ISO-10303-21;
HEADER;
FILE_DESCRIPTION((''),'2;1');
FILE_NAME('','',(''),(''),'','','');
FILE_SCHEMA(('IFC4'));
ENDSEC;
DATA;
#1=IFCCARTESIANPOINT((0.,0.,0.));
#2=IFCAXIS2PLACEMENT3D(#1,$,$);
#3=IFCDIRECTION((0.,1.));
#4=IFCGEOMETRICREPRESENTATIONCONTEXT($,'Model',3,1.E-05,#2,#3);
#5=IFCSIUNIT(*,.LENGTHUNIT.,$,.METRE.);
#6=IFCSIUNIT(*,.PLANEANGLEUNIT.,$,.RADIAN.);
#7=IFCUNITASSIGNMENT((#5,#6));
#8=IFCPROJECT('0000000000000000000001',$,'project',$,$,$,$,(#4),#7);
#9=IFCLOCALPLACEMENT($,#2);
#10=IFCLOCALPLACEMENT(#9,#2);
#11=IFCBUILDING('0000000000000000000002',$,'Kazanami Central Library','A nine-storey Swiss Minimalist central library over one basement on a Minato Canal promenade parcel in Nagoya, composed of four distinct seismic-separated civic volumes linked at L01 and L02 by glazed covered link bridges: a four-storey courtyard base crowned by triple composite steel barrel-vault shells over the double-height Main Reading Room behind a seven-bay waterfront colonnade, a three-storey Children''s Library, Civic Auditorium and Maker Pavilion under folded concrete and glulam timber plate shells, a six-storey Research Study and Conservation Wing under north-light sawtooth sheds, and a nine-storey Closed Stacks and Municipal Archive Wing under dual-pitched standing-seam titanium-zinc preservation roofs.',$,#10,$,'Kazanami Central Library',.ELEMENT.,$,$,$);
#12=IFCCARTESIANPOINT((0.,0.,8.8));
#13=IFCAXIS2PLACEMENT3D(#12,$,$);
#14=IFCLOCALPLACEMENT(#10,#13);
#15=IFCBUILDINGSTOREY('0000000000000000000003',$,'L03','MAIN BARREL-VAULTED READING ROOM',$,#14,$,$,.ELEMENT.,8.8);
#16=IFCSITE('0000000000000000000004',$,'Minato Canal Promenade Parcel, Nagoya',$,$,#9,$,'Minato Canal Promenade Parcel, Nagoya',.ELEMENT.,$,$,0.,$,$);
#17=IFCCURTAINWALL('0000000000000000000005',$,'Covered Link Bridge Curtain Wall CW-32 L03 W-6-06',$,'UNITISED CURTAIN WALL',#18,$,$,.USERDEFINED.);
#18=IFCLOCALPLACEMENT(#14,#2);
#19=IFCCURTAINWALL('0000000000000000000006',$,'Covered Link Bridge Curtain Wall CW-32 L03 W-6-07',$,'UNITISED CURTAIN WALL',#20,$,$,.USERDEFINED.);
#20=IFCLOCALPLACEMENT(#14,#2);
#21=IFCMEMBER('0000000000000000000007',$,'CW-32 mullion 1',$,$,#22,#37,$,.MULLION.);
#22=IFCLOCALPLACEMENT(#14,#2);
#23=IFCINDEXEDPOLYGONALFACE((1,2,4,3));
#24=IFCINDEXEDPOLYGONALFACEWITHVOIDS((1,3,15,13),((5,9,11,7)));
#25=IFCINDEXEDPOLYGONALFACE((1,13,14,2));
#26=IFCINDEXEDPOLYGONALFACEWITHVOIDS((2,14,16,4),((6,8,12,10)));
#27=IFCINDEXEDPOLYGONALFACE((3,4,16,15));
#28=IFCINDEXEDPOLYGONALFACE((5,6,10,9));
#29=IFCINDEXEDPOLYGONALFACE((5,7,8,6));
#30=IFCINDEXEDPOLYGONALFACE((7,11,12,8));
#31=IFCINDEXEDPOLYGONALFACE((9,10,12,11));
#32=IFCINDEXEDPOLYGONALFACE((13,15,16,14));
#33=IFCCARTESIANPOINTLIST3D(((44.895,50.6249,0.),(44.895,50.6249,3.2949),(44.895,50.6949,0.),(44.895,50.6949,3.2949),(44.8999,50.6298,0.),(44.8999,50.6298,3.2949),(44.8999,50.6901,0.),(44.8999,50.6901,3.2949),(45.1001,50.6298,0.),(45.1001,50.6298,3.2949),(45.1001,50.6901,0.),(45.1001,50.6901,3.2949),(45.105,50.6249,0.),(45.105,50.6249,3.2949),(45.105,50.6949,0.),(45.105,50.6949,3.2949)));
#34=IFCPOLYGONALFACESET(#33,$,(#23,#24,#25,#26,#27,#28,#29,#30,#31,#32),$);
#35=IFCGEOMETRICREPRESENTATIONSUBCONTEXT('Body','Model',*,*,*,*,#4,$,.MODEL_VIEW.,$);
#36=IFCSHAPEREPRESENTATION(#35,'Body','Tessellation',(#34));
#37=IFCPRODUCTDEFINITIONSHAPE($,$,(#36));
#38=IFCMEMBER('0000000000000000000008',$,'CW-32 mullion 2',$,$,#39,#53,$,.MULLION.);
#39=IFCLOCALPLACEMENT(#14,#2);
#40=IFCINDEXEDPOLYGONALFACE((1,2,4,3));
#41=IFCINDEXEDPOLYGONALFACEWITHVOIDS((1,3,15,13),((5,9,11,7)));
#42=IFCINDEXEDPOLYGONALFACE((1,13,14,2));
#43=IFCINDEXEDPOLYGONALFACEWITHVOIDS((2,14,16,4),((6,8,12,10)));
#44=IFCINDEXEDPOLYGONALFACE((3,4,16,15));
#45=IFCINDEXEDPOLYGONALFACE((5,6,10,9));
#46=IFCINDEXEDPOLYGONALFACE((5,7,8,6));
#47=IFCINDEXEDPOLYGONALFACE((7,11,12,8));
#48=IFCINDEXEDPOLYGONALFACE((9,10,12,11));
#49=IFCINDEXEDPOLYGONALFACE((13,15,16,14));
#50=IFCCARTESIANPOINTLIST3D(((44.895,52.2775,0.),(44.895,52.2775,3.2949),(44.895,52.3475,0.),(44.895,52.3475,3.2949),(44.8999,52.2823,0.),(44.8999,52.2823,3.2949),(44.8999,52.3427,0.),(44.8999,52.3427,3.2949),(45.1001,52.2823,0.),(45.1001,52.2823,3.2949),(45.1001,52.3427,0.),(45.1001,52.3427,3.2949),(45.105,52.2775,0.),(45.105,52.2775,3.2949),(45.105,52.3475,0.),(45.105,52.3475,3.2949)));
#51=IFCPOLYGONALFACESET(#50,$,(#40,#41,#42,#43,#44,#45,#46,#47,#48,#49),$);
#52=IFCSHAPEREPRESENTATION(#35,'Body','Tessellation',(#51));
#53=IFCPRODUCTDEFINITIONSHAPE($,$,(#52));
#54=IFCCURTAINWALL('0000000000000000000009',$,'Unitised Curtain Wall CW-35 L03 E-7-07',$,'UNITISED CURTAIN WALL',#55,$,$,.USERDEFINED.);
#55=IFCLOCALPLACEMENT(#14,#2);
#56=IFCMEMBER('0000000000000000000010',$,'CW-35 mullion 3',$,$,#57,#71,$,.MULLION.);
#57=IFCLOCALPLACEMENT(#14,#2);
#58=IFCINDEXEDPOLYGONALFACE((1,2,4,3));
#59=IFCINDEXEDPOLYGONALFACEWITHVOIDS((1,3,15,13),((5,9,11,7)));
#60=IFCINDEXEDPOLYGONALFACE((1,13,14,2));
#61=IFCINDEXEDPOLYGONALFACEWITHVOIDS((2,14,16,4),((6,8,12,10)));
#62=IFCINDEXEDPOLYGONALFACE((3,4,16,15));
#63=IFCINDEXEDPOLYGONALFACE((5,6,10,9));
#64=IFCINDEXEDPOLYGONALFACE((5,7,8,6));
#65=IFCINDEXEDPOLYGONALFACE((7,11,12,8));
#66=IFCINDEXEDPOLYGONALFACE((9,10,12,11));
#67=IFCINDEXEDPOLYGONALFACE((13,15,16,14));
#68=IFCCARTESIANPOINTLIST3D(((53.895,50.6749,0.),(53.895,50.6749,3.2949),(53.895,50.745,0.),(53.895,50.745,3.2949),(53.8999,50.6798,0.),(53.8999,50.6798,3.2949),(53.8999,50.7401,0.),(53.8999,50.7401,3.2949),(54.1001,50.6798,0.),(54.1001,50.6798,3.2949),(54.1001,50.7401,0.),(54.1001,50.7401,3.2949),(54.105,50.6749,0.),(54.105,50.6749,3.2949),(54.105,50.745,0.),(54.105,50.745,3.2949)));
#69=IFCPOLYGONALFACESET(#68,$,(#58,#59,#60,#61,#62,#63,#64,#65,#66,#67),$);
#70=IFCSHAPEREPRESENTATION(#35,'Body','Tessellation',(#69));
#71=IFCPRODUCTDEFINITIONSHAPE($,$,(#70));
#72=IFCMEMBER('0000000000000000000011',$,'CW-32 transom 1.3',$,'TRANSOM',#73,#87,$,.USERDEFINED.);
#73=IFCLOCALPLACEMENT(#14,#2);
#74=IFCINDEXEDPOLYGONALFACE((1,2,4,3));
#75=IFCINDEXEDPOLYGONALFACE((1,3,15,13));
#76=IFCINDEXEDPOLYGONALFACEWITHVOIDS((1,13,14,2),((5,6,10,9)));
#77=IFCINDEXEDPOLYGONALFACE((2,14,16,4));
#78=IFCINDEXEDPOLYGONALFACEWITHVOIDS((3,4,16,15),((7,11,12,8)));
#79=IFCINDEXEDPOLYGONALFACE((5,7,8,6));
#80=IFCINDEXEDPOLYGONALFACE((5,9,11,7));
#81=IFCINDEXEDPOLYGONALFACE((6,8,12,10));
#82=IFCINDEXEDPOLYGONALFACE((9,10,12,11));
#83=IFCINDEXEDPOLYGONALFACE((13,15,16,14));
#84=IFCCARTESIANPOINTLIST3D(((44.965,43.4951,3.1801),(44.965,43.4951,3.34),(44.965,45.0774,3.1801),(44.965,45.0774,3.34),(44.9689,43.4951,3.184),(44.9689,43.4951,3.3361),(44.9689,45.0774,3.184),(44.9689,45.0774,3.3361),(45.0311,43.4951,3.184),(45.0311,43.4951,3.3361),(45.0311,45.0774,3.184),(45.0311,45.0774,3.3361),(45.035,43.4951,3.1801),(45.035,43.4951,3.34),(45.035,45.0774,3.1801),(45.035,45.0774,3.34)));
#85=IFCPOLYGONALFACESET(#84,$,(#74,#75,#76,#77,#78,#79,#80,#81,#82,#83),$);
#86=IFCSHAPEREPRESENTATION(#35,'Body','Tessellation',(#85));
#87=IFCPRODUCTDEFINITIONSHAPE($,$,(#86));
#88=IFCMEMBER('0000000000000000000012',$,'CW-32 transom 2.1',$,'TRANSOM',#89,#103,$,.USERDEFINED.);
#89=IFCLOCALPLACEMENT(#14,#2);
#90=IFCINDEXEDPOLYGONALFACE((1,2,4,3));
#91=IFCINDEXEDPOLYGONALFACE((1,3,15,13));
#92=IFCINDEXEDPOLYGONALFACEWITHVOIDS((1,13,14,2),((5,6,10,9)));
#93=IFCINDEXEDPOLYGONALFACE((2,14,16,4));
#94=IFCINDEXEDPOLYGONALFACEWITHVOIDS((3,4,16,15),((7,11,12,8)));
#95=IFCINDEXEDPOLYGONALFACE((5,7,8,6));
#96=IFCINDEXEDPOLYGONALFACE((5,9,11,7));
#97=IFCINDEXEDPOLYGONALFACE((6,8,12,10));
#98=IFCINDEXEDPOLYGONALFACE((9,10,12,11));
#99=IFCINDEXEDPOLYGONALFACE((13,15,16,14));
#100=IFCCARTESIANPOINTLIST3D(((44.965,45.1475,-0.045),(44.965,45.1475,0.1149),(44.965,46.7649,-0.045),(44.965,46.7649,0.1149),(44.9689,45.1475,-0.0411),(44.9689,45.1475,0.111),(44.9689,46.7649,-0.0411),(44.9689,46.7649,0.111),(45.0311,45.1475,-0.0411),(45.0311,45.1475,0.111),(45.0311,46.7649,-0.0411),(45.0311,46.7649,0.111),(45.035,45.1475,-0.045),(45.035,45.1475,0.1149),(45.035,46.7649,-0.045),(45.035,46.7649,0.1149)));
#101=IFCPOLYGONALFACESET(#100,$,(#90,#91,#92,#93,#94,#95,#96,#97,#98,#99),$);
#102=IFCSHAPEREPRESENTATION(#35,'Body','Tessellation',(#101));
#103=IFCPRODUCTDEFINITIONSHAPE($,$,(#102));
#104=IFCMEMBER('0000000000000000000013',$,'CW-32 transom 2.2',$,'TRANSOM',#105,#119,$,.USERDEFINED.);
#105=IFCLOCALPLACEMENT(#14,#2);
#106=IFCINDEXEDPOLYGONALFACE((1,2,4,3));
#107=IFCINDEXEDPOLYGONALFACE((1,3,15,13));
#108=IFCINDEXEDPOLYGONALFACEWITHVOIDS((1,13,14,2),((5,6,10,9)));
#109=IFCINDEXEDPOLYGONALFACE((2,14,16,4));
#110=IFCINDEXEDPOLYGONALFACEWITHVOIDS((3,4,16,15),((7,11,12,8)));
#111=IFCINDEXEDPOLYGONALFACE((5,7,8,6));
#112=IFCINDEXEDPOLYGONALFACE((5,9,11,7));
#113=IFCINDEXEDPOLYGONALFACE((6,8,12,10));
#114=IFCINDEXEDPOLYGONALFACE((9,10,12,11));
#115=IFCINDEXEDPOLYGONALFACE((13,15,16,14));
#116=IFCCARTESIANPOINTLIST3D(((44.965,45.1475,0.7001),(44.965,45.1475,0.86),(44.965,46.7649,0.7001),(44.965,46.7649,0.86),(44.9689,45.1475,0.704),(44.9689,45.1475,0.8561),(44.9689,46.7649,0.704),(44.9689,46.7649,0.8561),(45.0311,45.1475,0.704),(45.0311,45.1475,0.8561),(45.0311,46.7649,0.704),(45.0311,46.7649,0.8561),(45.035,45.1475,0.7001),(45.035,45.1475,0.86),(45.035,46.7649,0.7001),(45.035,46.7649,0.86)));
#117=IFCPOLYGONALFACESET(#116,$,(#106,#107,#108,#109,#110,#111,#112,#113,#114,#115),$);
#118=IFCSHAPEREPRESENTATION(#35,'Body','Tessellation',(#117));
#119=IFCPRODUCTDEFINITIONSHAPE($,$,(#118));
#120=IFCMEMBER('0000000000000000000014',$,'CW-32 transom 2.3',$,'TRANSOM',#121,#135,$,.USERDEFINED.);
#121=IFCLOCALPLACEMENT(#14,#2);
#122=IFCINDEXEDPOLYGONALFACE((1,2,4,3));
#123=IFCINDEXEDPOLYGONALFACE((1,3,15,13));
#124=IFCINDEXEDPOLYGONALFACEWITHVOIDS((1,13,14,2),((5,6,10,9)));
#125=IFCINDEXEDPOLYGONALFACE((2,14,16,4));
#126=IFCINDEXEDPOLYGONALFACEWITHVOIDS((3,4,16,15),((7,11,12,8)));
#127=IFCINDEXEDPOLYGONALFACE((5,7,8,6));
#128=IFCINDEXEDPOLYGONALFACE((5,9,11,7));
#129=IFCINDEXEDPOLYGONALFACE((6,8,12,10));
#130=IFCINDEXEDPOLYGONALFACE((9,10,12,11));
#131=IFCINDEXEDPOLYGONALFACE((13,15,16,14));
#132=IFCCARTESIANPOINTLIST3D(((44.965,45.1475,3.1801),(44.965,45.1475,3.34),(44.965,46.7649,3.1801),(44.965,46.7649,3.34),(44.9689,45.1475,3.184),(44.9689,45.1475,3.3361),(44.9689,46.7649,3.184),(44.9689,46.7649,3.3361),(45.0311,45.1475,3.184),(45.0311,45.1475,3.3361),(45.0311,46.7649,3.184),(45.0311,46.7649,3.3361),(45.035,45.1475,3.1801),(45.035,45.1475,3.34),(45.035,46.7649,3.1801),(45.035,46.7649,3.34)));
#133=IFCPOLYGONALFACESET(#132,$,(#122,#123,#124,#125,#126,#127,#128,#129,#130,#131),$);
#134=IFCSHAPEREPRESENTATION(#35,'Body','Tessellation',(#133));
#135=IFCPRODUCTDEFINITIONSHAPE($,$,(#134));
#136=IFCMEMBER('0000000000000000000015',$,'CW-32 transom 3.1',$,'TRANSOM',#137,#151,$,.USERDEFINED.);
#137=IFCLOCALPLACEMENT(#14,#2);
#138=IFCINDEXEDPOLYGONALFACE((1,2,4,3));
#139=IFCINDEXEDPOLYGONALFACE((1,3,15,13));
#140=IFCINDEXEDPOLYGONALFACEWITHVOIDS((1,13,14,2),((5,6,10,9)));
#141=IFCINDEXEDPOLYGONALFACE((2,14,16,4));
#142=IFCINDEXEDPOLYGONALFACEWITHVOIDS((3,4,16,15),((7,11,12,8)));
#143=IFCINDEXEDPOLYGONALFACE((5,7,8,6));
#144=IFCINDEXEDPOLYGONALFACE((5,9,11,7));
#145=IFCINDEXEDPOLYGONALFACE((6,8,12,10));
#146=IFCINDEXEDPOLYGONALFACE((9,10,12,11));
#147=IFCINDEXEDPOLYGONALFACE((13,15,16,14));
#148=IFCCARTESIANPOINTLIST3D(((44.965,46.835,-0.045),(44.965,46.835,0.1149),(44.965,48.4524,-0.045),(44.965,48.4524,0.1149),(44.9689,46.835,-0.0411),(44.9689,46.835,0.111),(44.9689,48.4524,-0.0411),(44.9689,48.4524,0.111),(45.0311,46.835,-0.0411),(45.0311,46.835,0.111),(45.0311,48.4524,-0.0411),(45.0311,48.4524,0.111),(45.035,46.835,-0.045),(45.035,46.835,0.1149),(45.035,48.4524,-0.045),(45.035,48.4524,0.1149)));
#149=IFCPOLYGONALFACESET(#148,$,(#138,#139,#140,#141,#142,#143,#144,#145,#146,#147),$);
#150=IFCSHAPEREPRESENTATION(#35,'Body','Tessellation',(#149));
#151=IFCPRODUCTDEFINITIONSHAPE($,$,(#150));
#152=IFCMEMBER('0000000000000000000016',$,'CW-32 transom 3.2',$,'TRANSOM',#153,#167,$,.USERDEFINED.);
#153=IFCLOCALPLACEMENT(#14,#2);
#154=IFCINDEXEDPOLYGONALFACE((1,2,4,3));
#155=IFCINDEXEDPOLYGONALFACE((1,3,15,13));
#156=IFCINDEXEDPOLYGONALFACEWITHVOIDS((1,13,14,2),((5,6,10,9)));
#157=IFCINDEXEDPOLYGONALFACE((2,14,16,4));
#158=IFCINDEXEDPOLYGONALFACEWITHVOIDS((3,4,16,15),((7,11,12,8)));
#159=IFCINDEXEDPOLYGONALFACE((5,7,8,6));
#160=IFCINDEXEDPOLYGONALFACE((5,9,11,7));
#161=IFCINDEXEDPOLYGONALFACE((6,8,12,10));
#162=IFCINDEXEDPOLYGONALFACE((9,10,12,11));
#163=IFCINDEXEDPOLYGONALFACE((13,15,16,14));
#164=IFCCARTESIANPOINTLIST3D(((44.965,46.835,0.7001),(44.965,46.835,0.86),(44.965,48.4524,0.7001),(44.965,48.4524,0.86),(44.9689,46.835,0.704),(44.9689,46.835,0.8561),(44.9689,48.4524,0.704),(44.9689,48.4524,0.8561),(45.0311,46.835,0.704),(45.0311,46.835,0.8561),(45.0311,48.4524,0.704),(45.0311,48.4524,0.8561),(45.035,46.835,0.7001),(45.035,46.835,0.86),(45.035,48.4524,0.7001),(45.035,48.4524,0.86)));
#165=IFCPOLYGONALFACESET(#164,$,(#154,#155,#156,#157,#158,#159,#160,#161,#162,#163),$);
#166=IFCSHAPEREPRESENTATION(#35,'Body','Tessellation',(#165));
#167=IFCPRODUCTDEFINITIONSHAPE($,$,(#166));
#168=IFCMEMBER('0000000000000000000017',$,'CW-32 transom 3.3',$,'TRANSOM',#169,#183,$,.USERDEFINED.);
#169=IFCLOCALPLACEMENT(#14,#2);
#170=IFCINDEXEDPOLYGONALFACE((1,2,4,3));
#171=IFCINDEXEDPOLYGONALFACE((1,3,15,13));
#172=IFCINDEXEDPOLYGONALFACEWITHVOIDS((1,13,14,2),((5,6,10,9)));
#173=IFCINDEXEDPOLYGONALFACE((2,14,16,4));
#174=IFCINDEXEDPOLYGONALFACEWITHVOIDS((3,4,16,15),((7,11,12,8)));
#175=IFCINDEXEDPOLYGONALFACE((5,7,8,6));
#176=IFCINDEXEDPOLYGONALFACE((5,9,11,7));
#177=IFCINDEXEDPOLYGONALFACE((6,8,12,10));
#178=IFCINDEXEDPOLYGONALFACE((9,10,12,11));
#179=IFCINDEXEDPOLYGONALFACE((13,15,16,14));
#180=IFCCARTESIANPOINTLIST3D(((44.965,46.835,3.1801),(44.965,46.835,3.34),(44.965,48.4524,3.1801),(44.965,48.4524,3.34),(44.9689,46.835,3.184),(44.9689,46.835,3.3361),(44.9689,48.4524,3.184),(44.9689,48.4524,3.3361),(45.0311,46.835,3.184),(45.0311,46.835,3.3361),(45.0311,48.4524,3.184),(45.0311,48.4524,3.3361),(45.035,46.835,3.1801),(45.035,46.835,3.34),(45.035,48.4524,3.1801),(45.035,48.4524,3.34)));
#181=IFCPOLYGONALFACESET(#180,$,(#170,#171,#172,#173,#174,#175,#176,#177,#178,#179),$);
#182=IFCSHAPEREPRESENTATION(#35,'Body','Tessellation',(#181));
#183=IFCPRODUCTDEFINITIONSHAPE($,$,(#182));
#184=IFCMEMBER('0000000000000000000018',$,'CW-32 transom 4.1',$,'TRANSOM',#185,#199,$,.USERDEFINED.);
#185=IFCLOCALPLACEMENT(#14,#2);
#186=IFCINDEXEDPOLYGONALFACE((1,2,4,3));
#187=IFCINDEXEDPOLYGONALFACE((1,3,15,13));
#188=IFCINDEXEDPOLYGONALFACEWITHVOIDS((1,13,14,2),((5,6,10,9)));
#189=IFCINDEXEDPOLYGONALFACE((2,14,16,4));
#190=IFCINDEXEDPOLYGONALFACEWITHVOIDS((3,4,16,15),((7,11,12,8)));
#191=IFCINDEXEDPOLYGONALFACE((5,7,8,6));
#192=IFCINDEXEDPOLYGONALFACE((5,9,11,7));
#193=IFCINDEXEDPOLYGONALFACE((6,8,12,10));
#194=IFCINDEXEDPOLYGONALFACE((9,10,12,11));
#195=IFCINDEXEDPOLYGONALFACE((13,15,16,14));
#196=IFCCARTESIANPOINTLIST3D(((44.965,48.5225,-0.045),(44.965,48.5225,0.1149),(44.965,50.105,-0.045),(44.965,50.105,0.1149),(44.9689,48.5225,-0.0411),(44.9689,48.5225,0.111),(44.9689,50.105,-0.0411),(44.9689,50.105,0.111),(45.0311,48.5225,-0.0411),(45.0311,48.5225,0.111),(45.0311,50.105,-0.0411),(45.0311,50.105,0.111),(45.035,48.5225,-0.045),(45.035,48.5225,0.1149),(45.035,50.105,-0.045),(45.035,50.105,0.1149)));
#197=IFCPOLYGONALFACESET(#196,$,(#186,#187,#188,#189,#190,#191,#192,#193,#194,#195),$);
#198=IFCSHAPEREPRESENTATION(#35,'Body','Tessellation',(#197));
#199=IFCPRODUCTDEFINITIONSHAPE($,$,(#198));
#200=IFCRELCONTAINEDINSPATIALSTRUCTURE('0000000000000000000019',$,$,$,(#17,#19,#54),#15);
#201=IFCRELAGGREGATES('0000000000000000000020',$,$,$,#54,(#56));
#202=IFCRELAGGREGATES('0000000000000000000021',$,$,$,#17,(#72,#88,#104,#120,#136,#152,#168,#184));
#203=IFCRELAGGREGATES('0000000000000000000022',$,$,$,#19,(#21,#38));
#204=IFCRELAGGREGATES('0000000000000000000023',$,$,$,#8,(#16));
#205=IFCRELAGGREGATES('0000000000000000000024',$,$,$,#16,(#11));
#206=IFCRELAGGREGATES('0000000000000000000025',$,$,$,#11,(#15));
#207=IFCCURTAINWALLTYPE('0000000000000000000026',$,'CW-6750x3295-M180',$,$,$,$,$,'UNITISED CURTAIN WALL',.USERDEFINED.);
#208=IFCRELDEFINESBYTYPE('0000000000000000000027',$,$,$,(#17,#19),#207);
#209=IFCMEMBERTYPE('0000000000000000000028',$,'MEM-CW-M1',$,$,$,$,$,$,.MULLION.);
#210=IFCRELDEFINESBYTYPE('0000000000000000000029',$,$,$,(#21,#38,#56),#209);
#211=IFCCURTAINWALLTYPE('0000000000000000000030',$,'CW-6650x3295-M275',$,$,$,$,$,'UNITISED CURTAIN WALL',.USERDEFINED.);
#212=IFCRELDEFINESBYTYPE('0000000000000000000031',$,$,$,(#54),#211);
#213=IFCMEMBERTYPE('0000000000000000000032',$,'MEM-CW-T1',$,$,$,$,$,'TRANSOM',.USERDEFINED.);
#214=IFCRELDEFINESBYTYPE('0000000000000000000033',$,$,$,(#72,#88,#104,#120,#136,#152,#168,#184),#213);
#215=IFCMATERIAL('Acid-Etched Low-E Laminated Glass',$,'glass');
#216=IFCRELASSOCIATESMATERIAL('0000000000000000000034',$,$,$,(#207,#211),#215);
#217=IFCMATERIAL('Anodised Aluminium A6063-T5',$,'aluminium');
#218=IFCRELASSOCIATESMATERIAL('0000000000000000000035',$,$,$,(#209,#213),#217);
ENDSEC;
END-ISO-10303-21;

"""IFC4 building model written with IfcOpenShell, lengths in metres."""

from ifc_helpers import new_model, si_unit, direction, frame, origin, origin_2d, place, context, subcontext, project, spatial, hollow_rectangle, extrude, material, material_profile, profile_set, type_object, element, aggregate, save


model = new_model("IFC4")

# Units and contexts
model_context = context("Model", 3, precision=1e-05, world=origin(), true_north=direction((0.0, 1.0)))
body_context = subcontext(model_context, "Body", "Model", "MODEL_VIEW")
ifc_project = project(units=[si_unit("LENGTHUNIT", "METRE"), si_unit("PLANEANGLEUNIT", "RADIAN")], contexts=[model_context])

# Site, building, storey
site_placement = place(None, origin())
site = spatial("IfcSite", under=ifc_project, at=site_placement, Name="Minato Canal Promenade Parcel, Nagoya", LongName="Minato Canal Promenade Parcel, Nagoya", CompositionType="ELEMENT", RefElevation=0.0)
building_placement = place(site_placement, origin())
building = spatial("IfcBuilding", under=site, at=building_placement, Name="Kazanami Central Library", Description="A nine-storey Swiss Minimalist central library over one basement on a Minato Canal promenade parcel in Nagoya, composed of four distinct seismic-separated civic volumes linked at L01 and L02 by glazed covered link bridges: a four-storey courtyard base crowned by triple composite steel barrel-vault shells over the double-height Main Reading Room behind a seven-bay waterfront colonnade, a three-storey Children's Library, Civic Auditorium and Maker Pavilion under folded concrete and glulam timber plate shells, a six-storey Research Study and Conservation Wing under north-light sawtooth sheds, and a nine-storey Closed Stacks and Municipal Archive Wing under dual-pitched standing-seam titanium-zinc preservation roofs.", LongName="Kazanami Central Library", CompositionType="ELEMENT")
storey_placement = place(building_placement, frame((0.0, 0.0, 8.8)))
storey = spatial("IfcBuildingStorey", under=building, at=storey_placement, Name="L03", Description="MAIN BARREL-VAULTED READING ROOM", CompositionType="ELEMENT", Elevation=8.8)

# Curtain walls, members
ifc_material_1 = material(Name="Acid-Etched Low-E Laminated Glass", Category="glass")
curtain_wall_type_1 = type_object("IfcCurtainWallType", Name="CW-6750x3295-M180", ElementType="UNITISED CURTAIN WALL", PredefinedType="USERDEFINED", material=ifc_material_1)
curtain_wall_1_placement = place(storey_placement, origin())
curtain_wall_1 = element("IfcCurtainWall", 1, at=curtain_wall_1_placement, inside=storey, type_object=curtain_wall_type_1, Name="Covered Link Bridge Curtain Wall CW-32 L03 W-6-06", ObjectType="UNITISED CURTAIN WALL", PredefinedType="USERDEFINED")
ifc_material_2 = material(Name="Anodised Aluminium A6063-T5", Category="aluminium")
ifc_material_profile_1 = material_profile(ifc_material_2, hollow_rectangle(XDim=0.0701, YDim=0.21, WallThickness=0.0049, at=origin_2d()), Name="ALU-MULL-70x210x5")
ifc_profile_set_1 = profile_set([ifc_material_profile_1], Name="Anodised Aluminium A6063-T5")
member_type_1 = type_object("IfcMemberType", Name="MEM-CW-M1", PredefinedType="MULLION", material=ifc_profile_set_1)
curtain_wall_2_placement = place(storey_placement, origin())
curtain_wall_2 = element("IfcCurtainWall", 2, at=curtain_wall_2_placement, inside=storey, type_object=curtain_wall_type_1, Name="Covered Link Bridge Curtain Wall CW-32 L03 W-6-07", ObjectType="UNITISED CURTAIN WALL", PredefinedType="USERDEFINED")
member_1_placement = place(storey_placement, frame((45.0, 50.6599, 0.0), z_axis=(0.0, 0.0, 1.0), x_axis=(0.0, 1.0, 0.0)))
member_1 = element("IfcMember", 3, at=member_1_placement, type_object=member_type_1, Name="CW-32 mullion 1", PredefinedType="MULLION", context=body_context, shape_type="SweptSolid", body=[
    extrude(hollow_rectangle(XDim=0.0701, YDim=0.21, WallThickness=0.0049, at=origin_2d()), origin(), (0.0, 0.0, 1.0), 3.2949),
])
member_2_placement = place(storey_placement, frame((45.0, 52.3125, 0.0), z_axis=(0.0, 0.0, 1.0), x_axis=(0.0, 1.0, 0.0)))
member_2 = element("IfcMember", 4, at=member_2_placement, type_object=member_type_1, Name="CW-32 mullion 2", PredefinedType="MULLION", context=body_context, shape_type="SweptSolid", body=[
    extrude(hollow_rectangle(XDim=0.0701, YDim=0.21, WallThickness=0.0049, at=origin_2d()), origin(), (0.0, 0.0, 1.0), 3.2949),
])

# Curtain wall, member
curtain_wall_type_2 = type_object("IfcCurtainWallType", Name="CW-6650x3295-M275", ElementType="UNITISED CURTAIN WALL", PredefinedType="USERDEFINED", material=ifc_material_1)
curtain_wall_3_placement = place(storey_placement, origin())
curtain_wall_3 = element("IfcCurtainWall", 5, at=curtain_wall_3_placement, inside=storey, type_object=curtain_wall_type_2, Name="Unitised Curtain Wall CW-35 L03 E-7-07", ObjectType="UNITISED CURTAIN WALL", PredefinedType="USERDEFINED")
member_3_placement = place(storey_placement, frame((54.0, 50.71, 0.0), z_axis=(0.0, 0.0, 1.0), x_axis=(0.0, -1.0, 0.0)))
member_3 = element("IfcMember", 6, at=member_3_placement, type_object=member_type_1, Name="CW-35 mullion 3", PredefinedType="MULLION", context=body_context, shape_type="SweptSolid", body=[
    extrude(hollow_rectangle(XDim=0.0701, YDim=0.21, WallThickness=0.0049, at=origin_2d()), origin(), (0.0, 0.0, 1.0), 3.2949),
])
aggregate(curtain_wall_3, [member_3])

# Members
ifc_material_profile_2 = material_profile(ifc_material_2, hollow_rectangle(XDim=0.0701, YDim=0.1599, WallThickness=0.0039, at=origin_2d()), Name="ALU-TRAN-70x160x4")
ifc_profile_set_2 = profile_set([ifc_material_profile_2], Name="Anodised Aluminium A6063-T5")
member_type_2 = type_object("IfcMemberType", Name="MEM-CW-T1", ElementType="TRANSOM", PredefinedType="USERDEFINED", material=ifc_profile_set_2)
member_4_placement = place(storey_placement, frame((45.0, 43.4951, 3.26), z_axis=(0.0, 1.0, 0.0), x_axis=(-1.0, 0.0, 0.0)))
member_4 = element("IfcMember", 7, at=member_4_placement, type_object=member_type_2, Name="CW-32 transom 1.3", ObjectType="TRANSOM", PredefinedType="USERDEFINED", context=body_context, shape_type="SweptSolid", body=[
    extrude(hollow_rectangle(XDim=0.0701, YDim=0.1599, WallThickness=0.0039, at=origin_2d()), origin(), (0.0, 0.0, 1.0), 1.5823),
])
member_5_placement = place(storey_placement, frame((45.0, 45.1475, 0.0349), z_axis=(0.0, 1.0, 0.0), x_axis=(-1.0, 0.0, 0.0)))
member_5 = element("IfcMember", 8, at=member_5_placement, type_object=member_type_2, Name="CW-32 transom 2.1", ObjectType="TRANSOM", PredefinedType="USERDEFINED", context=body_context, shape_type="SweptSolid", body=[
    extrude(hollow_rectangle(XDim=0.0701, YDim=0.1599, WallThickness=0.0039, at=origin_2d()), origin(), (0.0, 0.0, 1.0), 1.6174),
])
member_6_placement = place(storey_placement, frame((45.0, 45.1475, 0.78), z_axis=(0.0, 1.0, 0.0), x_axis=(-1.0, 0.0, 0.0)))
member_6 = element("IfcMember", 9, at=member_6_placement, type_object=member_type_2, Name="CW-32 transom 2.2", ObjectType="TRANSOM", PredefinedType="USERDEFINED", context=body_context, shape_type="SweptSolid", body=[
    extrude(hollow_rectangle(XDim=0.0701, YDim=0.1599, WallThickness=0.0039, at=origin_2d()), origin(), (0.0, 0.0, 1.0), 1.6174),
])
member_7_placement = place(storey_placement, frame((45.0, 45.1475, 3.26), z_axis=(0.0, 1.0, 0.0), x_axis=(-1.0, 0.0, 0.0)))
member_7 = element("IfcMember", 10, at=member_7_placement, type_object=member_type_2, Name="CW-32 transom 2.3", ObjectType="TRANSOM", PredefinedType="USERDEFINED", context=body_context, shape_type="SweptSolid", body=[
    extrude(hollow_rectangle(XDim=0.0701, YDim=0.1599, WallThickness=0.0039, at=origin_2d()), origin(), (0.0, 0.0, 1.0), 1.6174),
])
member_8_placement = place(storey_placement, frame((45.0, 46.835, 0.0349), z_axis=(0.0, 1.0, 0.0), x_axis=(-1.0, 0.0, 0.0)))
member_8 = element("IfcMember", 11, at=member_8_placement, type_object=member_type_2, Name="CW-32 transom 3.1", ObjectType="TRANSOM", PredefinedType="USERDEFINED", context=body_context, shape_type="SweptSolid", body=[
    extrude(hollow_rectangle(XDim=0.0701, YDim=0.1599, WallThickness=0.0039, at=origin_2d()), origin(), (0.0, 0.0, 1.0), 1.6174),
])
member_9_placement = place(storey_placement, frame((45.0, 46.835, 0.78), z_axis=(0.0, 1.0, 0.0), x_axis=(-1.0, 0.0, 0.0)))
member_9 = element("IfcMember", 12, at=member_9_placement, type_object=member_type_2, Name="CW-32 transom 3.2", ObjectType="TRANSOM", PredefinedType="USERDEFINED", context=body_context, shape_type="SweptSolid", body=[
    extrude(hollow_rectangle(XDim=0.0701, YDim=0.1599, WallThickness=0.0039, at=origin_2d()), origin(), (0.0, 0.0, 1.0), 1.6174),
])
member_10_placement = place(storey_placement, frame((45.0, 46.835, 3.26), z_axis=(0.0, 1.0, 0.0), x_axis=(-1.0, 0.0, 0.0)))
member_10 = element("IfcMember", 13, at=member_10_placement, type_object=member_type_2, Name="CW-32 transom 3.3", ObjectType="TRANSOM", PredefinedType="USERDEFINED", context=body_context, shape_type="SweptSolid", body=[
    extrude(hollow_rectangle(XDim=0.0701, YDim=0.1599, WallThickness=0.0039, at=origin_2d()), origin(), (0.0, 0.0, 1.0), 1.6174),
])
member_11_placement = place(storey_placement, frame((45.0, 48.5225, 0.0349), z_axis=(0.0, 1.0, 0.0), x_axis=(-1.0, 0.0, 0.0)))
member_11 = element("IfcMember", 14, at=member_11_placement, type_object=member_type_2, Name="CW-32 transom 4.1", ObjectType="TRANSOM", PredefinedType="USERDEFINED", context=body_context, shape_type="SweptSolid", body=[
    extrude(hollow_rectangle(XDim=0.0701, YDim=0.1599, WallThickness=0.0039, at=origin_2d()), origin(), (0.0, 0.0, 1.0), 1.5825),
])

aggregate(curtain_wall_1, [member_4, member_5, member_6, member_7, member_8, member_9, member_10, member_11])
aggregate(curtain_wall_2, [member_1, member_2])

save(model, "model.ifc")
